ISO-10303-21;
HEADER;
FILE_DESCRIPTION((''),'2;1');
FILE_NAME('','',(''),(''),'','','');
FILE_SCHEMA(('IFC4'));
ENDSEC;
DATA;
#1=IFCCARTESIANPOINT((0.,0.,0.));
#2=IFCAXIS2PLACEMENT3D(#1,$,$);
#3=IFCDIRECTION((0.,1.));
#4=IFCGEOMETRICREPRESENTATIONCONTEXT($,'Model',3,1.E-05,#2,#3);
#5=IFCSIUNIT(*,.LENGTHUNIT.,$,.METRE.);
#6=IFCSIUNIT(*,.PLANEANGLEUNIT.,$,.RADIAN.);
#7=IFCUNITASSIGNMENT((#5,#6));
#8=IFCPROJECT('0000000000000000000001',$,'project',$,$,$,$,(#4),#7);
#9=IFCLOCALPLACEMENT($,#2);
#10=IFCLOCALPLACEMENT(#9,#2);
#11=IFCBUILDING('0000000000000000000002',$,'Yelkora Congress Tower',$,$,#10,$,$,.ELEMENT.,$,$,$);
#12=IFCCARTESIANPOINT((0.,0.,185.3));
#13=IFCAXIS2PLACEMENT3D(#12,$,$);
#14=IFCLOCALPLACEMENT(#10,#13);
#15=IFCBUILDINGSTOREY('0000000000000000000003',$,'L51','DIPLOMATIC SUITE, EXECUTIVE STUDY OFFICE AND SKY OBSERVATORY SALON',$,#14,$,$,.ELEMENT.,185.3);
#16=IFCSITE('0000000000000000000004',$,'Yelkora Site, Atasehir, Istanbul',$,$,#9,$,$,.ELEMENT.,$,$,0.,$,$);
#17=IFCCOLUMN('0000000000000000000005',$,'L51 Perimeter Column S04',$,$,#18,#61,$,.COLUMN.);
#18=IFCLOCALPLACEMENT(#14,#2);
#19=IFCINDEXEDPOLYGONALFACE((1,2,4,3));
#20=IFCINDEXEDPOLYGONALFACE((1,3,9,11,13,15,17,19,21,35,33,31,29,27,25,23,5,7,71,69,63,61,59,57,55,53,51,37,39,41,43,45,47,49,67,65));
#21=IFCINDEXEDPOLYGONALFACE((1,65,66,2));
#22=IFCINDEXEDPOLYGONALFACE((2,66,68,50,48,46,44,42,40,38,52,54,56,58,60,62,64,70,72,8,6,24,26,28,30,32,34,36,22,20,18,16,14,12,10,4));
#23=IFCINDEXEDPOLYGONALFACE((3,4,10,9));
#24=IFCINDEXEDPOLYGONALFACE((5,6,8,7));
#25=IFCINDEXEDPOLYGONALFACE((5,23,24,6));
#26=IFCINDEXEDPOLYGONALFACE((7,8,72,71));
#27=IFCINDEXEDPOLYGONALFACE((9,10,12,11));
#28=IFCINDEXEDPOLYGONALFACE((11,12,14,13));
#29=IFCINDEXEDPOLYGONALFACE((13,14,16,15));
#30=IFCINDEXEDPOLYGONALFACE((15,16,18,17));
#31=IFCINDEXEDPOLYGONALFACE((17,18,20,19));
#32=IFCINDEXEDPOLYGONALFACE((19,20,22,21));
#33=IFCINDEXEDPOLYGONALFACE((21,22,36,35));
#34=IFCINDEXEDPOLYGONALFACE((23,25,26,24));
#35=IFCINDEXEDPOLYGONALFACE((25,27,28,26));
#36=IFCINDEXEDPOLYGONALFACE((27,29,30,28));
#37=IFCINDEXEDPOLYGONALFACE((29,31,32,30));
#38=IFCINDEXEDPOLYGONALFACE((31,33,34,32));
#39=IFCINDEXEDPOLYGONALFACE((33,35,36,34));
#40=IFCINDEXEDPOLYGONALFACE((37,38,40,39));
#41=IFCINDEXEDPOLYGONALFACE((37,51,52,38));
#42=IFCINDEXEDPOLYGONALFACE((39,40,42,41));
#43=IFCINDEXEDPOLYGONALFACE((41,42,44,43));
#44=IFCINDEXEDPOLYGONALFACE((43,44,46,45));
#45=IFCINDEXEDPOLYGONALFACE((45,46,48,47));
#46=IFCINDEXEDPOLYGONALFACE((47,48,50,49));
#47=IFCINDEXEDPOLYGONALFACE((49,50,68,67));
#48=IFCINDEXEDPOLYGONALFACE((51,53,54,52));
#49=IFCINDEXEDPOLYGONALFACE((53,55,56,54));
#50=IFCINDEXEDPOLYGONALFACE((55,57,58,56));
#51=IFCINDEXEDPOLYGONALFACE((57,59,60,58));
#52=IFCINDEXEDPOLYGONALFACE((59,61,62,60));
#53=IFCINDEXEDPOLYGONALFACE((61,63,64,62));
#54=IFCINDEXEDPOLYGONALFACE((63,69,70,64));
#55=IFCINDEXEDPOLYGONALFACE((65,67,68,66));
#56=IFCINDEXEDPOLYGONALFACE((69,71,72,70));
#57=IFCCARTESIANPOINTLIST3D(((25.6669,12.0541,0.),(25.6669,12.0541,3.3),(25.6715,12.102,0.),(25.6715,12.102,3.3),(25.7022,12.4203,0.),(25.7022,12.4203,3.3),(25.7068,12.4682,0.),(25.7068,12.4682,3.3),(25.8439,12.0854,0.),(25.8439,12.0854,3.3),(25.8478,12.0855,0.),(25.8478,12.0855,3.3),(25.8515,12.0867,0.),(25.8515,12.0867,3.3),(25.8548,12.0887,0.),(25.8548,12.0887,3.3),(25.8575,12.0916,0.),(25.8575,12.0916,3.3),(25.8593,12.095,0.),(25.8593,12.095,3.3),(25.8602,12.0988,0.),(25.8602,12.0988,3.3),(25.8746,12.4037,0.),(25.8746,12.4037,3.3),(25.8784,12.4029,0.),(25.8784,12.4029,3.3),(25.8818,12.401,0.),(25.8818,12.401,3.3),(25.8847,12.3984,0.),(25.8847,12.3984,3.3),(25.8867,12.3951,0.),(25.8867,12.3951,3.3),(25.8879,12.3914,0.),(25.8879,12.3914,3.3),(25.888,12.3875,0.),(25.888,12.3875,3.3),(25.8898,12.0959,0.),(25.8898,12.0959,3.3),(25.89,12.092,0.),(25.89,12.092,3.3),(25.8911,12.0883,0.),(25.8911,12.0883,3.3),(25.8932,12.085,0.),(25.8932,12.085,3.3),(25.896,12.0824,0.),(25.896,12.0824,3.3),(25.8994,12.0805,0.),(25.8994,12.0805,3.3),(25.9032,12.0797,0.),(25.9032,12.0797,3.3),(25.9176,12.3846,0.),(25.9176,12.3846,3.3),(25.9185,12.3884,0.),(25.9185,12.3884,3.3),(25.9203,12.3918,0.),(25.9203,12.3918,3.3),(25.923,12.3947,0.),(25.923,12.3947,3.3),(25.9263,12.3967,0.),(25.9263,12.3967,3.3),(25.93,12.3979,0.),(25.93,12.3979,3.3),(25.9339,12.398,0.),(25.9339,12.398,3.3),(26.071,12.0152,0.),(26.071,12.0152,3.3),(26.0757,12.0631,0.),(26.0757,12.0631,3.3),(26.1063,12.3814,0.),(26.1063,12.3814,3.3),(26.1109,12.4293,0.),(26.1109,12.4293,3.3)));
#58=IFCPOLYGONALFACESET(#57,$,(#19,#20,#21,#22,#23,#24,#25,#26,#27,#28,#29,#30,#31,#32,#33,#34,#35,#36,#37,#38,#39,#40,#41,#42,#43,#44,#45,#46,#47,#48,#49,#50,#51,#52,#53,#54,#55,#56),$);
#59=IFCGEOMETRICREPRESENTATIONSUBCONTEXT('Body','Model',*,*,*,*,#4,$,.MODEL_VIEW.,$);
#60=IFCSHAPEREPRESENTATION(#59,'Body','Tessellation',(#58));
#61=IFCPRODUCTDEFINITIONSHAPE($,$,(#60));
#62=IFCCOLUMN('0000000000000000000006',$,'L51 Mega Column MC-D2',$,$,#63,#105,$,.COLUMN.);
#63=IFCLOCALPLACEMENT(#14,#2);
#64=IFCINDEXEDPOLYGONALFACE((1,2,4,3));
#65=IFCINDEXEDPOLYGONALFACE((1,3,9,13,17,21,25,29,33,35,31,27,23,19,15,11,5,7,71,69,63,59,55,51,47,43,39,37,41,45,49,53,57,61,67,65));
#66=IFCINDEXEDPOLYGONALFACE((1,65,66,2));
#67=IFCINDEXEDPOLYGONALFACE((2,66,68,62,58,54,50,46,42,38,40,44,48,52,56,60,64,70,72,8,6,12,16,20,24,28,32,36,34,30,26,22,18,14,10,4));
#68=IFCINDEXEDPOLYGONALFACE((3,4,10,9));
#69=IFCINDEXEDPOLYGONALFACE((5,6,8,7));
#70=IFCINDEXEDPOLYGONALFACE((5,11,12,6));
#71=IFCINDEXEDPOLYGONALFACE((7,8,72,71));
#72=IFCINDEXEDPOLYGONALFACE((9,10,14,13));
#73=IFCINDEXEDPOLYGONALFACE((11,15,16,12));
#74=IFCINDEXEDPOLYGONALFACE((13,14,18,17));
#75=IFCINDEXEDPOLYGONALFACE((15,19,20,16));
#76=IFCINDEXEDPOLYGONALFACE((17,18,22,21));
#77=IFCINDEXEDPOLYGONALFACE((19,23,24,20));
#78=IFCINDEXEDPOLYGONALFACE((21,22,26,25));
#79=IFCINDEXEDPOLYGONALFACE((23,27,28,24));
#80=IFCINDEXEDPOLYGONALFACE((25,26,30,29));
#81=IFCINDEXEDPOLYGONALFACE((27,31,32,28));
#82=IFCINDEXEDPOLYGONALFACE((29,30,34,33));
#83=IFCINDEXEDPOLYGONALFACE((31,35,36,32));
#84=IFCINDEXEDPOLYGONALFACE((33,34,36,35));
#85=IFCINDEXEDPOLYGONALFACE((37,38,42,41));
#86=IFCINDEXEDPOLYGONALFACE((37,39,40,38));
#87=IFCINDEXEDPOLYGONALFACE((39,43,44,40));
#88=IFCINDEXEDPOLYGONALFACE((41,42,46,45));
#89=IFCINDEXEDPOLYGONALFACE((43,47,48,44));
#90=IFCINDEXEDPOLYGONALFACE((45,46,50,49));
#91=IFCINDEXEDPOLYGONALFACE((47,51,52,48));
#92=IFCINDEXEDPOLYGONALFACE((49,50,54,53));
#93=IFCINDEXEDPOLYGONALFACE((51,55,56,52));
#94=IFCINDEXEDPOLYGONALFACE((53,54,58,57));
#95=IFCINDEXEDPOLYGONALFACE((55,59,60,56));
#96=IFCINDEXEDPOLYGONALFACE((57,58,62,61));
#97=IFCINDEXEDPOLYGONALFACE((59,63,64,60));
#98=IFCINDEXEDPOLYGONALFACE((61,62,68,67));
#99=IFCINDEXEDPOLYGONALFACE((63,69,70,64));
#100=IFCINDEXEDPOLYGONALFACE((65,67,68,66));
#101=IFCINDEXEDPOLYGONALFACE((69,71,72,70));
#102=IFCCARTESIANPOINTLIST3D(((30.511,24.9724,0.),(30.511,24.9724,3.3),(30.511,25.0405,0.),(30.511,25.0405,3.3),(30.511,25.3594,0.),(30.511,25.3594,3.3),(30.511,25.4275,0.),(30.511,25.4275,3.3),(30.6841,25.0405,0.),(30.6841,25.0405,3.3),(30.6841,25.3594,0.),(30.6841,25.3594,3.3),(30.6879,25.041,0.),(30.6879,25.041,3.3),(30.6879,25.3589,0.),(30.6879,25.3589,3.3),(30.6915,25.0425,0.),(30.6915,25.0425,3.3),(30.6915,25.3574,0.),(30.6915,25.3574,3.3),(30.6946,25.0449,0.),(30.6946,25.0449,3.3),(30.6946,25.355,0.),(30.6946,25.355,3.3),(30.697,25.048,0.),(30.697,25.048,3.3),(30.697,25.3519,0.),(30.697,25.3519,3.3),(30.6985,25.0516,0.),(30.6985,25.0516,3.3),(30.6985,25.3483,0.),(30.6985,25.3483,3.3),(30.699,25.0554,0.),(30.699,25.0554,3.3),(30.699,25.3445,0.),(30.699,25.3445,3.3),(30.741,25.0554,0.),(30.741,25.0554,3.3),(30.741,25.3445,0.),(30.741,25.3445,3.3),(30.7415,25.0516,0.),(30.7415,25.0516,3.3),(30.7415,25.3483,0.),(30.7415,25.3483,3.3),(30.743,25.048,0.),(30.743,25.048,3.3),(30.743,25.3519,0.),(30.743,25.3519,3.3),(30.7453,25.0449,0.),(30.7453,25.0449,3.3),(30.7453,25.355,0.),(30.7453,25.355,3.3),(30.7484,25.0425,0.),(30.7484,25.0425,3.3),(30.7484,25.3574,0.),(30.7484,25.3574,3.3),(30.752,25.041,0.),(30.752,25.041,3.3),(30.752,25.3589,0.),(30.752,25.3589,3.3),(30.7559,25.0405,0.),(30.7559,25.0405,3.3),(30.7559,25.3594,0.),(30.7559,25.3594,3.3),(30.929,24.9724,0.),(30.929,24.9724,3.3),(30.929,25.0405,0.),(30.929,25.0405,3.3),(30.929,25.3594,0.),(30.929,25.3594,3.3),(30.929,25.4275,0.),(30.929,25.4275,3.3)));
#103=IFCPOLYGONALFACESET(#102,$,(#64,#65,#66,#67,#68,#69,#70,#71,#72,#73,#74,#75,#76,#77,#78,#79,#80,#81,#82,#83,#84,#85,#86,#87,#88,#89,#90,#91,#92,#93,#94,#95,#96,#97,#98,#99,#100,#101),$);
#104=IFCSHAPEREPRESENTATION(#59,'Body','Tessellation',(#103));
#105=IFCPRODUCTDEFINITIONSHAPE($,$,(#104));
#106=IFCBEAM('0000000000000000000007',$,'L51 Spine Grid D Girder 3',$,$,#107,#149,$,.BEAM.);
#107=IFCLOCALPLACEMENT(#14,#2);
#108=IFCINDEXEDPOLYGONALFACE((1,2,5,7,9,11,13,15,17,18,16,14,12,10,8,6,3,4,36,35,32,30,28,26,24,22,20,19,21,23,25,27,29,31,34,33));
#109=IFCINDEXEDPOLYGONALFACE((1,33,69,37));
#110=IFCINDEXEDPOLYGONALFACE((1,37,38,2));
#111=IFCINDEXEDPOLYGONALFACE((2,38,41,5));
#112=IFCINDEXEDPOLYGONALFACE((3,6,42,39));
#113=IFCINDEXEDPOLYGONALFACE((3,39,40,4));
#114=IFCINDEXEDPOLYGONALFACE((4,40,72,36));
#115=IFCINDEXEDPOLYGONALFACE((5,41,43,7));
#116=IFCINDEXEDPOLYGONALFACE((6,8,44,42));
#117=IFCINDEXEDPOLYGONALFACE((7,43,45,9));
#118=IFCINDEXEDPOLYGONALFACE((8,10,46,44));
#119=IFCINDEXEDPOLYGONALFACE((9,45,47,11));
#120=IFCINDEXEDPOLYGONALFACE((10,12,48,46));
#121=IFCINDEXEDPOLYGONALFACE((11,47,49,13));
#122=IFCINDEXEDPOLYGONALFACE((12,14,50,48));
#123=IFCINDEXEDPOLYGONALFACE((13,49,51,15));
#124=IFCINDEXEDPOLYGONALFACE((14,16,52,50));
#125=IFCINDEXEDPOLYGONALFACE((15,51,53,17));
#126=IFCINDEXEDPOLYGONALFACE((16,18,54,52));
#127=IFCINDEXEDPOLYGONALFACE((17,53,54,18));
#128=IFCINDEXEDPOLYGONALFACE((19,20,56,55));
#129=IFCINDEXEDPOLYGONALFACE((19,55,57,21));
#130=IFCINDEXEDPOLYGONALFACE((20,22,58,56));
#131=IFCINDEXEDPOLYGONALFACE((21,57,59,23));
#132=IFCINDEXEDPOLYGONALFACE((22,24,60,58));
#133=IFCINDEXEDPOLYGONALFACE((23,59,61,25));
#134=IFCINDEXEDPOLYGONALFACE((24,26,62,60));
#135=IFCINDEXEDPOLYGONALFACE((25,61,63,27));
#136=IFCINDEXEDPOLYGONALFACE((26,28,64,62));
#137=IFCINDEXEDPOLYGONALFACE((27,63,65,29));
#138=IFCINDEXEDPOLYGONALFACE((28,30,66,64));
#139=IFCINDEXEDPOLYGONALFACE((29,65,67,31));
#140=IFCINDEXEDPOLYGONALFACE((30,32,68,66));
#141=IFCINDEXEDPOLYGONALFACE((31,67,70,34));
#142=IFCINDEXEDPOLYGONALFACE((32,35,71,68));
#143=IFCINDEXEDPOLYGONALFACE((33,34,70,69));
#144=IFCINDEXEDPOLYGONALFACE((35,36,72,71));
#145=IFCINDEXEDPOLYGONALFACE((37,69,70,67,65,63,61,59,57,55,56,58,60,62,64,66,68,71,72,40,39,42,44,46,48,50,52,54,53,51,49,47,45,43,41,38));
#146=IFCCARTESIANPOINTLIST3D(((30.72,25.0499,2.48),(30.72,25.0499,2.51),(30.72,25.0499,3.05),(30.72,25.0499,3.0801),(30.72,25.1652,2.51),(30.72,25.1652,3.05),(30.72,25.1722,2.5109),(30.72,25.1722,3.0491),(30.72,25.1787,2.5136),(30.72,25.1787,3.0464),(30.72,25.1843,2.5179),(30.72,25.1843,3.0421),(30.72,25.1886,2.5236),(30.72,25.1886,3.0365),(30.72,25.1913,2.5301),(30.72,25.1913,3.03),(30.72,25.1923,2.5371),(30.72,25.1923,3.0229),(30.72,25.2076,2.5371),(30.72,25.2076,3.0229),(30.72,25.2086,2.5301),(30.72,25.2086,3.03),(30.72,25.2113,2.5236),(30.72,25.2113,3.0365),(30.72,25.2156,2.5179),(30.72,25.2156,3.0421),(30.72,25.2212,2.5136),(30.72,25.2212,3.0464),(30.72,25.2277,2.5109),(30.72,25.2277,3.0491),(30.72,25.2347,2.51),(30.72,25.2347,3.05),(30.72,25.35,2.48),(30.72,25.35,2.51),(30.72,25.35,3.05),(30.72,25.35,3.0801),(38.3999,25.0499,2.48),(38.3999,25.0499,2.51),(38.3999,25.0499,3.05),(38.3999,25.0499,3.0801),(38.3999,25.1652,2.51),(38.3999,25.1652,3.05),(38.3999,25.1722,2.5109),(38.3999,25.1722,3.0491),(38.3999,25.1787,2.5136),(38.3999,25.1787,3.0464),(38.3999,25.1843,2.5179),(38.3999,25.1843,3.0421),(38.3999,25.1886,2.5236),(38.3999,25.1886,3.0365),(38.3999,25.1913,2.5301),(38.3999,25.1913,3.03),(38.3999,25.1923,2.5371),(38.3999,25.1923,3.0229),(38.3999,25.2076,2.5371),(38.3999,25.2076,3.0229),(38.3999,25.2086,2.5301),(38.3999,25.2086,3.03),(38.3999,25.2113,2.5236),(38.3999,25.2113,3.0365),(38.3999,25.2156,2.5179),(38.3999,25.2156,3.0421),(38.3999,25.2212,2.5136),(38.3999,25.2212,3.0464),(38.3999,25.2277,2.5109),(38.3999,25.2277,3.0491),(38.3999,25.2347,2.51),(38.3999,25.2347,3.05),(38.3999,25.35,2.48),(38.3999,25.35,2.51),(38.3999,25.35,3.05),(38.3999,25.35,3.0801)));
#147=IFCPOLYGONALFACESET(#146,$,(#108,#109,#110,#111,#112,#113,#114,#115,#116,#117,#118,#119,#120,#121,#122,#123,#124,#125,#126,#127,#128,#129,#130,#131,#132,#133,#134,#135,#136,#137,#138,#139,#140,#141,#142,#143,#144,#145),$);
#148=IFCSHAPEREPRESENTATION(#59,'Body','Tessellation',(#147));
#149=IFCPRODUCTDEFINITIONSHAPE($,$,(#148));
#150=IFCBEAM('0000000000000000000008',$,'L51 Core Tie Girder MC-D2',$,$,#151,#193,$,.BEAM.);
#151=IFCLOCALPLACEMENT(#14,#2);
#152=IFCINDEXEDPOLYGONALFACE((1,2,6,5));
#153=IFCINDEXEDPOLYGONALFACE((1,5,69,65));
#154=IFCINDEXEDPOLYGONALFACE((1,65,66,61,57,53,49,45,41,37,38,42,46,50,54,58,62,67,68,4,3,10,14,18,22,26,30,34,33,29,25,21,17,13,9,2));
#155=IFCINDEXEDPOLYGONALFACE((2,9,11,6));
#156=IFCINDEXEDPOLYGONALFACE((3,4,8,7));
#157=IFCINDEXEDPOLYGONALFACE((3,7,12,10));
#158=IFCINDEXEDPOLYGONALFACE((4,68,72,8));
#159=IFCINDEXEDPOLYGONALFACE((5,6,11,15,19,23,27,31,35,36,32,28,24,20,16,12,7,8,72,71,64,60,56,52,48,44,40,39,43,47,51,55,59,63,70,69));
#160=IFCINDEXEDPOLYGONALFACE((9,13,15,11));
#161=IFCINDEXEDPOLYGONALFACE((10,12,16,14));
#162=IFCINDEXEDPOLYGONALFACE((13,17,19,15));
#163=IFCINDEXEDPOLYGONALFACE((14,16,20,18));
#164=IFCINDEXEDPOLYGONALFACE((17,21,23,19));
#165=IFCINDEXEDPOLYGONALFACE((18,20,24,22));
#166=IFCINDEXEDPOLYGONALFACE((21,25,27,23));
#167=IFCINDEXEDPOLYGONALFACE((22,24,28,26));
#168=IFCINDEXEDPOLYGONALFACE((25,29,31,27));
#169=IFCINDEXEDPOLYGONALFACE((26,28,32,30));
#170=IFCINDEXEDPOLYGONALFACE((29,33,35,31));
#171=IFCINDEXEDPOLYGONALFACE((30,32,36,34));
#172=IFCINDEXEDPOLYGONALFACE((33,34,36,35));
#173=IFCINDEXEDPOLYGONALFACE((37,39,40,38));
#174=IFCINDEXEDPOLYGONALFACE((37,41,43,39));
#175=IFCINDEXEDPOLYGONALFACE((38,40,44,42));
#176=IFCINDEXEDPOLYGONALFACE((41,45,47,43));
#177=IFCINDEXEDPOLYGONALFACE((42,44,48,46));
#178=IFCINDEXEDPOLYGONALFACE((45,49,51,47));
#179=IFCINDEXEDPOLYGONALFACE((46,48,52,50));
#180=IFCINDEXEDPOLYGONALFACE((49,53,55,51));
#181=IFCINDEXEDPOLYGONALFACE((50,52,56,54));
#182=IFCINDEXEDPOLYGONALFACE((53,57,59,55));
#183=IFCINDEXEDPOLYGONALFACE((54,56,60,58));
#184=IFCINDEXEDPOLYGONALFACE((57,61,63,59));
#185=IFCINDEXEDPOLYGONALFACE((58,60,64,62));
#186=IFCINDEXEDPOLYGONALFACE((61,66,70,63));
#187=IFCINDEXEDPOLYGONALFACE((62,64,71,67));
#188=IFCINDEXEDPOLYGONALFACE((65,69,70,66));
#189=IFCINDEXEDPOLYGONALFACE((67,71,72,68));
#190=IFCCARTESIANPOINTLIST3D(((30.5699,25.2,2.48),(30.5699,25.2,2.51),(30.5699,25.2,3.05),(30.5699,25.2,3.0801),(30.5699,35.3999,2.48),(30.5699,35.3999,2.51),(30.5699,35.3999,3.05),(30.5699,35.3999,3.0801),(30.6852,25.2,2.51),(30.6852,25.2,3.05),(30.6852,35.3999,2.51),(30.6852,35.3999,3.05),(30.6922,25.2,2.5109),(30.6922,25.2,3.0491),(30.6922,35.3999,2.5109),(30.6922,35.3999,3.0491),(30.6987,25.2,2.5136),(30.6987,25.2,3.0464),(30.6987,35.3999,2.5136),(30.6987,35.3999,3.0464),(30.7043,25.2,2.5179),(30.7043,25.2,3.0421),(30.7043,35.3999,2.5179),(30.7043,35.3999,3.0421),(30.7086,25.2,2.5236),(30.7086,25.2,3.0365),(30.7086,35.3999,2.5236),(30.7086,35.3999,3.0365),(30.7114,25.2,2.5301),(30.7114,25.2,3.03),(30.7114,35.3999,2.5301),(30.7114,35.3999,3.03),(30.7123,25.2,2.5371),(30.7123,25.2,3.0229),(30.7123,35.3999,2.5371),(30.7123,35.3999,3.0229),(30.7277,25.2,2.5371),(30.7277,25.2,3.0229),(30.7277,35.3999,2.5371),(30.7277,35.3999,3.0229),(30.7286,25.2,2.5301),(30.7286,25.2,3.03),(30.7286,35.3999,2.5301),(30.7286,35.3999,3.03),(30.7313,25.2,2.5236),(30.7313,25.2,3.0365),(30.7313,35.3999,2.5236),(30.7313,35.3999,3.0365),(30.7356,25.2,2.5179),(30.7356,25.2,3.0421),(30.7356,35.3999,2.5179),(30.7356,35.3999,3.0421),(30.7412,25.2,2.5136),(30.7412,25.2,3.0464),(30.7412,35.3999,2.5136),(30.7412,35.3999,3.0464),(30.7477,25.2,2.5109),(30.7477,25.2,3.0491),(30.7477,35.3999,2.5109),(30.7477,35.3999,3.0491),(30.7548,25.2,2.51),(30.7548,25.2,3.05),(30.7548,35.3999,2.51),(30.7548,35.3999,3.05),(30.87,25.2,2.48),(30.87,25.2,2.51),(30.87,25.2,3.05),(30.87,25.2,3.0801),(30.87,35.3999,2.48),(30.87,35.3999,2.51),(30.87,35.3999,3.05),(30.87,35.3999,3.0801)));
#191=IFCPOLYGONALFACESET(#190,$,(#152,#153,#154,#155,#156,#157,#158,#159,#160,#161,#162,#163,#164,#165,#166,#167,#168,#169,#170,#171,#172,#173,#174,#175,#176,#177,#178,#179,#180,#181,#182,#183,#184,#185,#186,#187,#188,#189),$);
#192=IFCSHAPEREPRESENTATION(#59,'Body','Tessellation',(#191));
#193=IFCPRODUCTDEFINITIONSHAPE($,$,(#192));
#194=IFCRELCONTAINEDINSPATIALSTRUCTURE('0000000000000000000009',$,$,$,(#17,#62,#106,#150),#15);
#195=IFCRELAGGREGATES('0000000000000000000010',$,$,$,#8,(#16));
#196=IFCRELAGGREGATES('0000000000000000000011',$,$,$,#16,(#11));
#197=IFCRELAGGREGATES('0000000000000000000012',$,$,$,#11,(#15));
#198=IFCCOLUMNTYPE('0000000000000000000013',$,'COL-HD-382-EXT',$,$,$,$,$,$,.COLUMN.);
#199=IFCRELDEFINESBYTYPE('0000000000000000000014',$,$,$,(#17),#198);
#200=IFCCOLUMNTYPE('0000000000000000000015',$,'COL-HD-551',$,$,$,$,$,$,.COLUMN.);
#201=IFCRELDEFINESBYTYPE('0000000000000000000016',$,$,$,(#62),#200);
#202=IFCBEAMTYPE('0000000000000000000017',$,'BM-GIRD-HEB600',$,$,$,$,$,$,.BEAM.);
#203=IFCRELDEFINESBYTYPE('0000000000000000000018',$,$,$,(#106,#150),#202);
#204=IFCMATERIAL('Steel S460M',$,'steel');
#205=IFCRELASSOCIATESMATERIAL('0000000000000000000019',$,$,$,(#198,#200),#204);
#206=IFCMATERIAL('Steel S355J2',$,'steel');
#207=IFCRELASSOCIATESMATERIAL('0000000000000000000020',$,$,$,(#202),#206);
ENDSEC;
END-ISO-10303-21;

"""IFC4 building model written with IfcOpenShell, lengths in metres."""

from ifc_helpers import new_model, si_unit, direction, frame, origin, origin_2d, place, context, subcontext, project, spatial, i_section, extrude, material, material_profile, profile_set, type_object, element, save


model = new_model("IFC4")

# Units and contexts
model_context = context("Model", 3, precision=1e-05, world=origin(), true_north=direction((0.0, 1.0)))
body_context = subcontext(model_context, "Body", "Model", "MODEL_VIEW")
ifc_project = project(units=[si_unit("LENGTHUNIT", "METRE"), si_unit("PLANEANGLEUNIT", "RADIAN")], contexts=[model_context])

# Site, building, storey
site_placement = place(None, origin())
site = spatial("IfcSite", under=ifc_project, at=site_placement, Name="Yelkora Site, Atasehir, Istanbul", CompositionType="ELEMENT", RefElevation=0.0)
building_placement = place(site_placement, origin())
building = spatial("IfcBuilding", under=site, at=building_placement, Name="Yelkora Congress Tower", CompositionType="ELEMENT")
storey_placement = place(building_placement, frame((0.0, 0.0, 185.3)))
storey = spatial("IfcBuildingStorey", under=building, at=storey_placement, Name="L51", Description="DIPLOMATIC SUITE, EXECUTIVE STUDY OFFICE AND SKY OBSERVATORY SALON", CompositionType="ELEMENT", Elevation=185.3)

# Columns
ifc_material_1 = material(Name="Steel S460M", Category="steel")
ifc_material_profile_1 = material_profile(ifc_material_1, i_section(OverallWidth=0.406, OverallDepth=0.416, WebThickness=0.0298, FlangeThickness=0.0481, FilletRadius=0.0149, at=origin_2d()), Name="HD 400x382")
ifc_profile_set_1 = profile_set([ifc_material_profile_1], Name="Steel S460M")
column_type_1 = type_object("IfcColumnType", Name="COL-HD-382-EXT", PredefinedType="COLUMN", material=ifc_profile_set_1)
column_1_placement = place(storey_placement, frame((25.8889, 12.2417, 0.0), z_axis=(0.0, 0.0, 1.0), x_axis=(0.995396, -0.095846, 0.0)))
element("IfcColumn", 1, at=column_1_placement, inside=storey, type_object=column_type_1, Name="L51 Perimeter Column S04", PredefinedType="COLUMN", context=body_context, shape_type="SweptSolid", body=[
    extrude(i_section(OverallWidth=0.406, OverallDepth=0.416, WebThickness=0.0298, FlangeThickness=0.0481, FilletRadius=0.0149, at=origin_2d()), origin(), (0.0, 0.0, 1.0), 3.3),
])
ifc_material_profile_2 = material_profile(ifc_material_1, i_section(OverallWidth=0.418, OverallDepth=0.4551, WebThickness=0.042, FlangeThickness=0.0681, FilletRadius=0.0149, at=origin_2d()), Name="HD 400x551")
ifc_profile_set_2 = profile_set([ifc_material_profile_2], Name="Steel S460M")
column_type_2 = type_object("IfcColumnType", Name="COL-HD-551", PredefinedType="COLUMN", material=ifc_profile_set_2)
column_2_placement = place(storey_placement, frame((30.72, 25.2, 0.0), z_axis=(0.0, 0.0, 1.0), x_axis=(1.0, 0.0, 0.0)))
element("IfcColumn", 2, at=column_2_placement, inside=storey, type_object=column_type_2, Name="L51 Mega Column MC-D2", PredefinedType="COLUMN", context=body_context, shape_type="SweptSolid", body=[
    extrude(i_section(OverallWidth=0.418, OverallDepth=0.4551, WebThickness=0.042, FlangeThickness=0.0681, FilletRadius=0.0149, at=origin_2d()), origin(), (0.0, 0.0, 1.0), 3.3),
])

# Beams
ifc_material_2 = material(Name="Steel S355J2", Category="steel")
ifc_material_profile_3 = material_profile(ifc_material_2, i_section(OverallWidth=0.3, OverallDepth=0.6001, WebThickness=0.0154, FlangeThickness=0.03, FilletRadius=0.0271, at=origin_2d()), Name="HEB 600")
ifc_profile_set_3 = profile_set([ifc_material_profile_3], Name="Steel S355J2")
beam_type_1 = type_object("IfcBeamType", Name="BM-GIRD-HEB600", PredefinedType="BEAM", material=ifc_profile_set_3)
beam_1_placement = place(storey_placement, frame((30.72, 25.2, 2.78), z_axis=(1.0, 0.0, 0.0), x_axis=(0.0, 1.0, 0.0)))
element("IfcBeam", 3, at=beam_1_placement, inside=storey, type_object=beam_type_1, Name="L51 Spine Grid D Girder 3", PredefinedType="BEAM", context=body_context, shape_type="SweptSolid", body=[
    extrude(i_section(OverallWidth=0.3, OverallDepth=0.6001, WebThickness=0.0154, FlangeThickness=0.03, FilletRadius=0.0271, at=origin_2d()), origin(), (0.0, 0.0, 1.0), 7.6799),
])
beam_2_placement = place(storey_placement, frame((30.72, 25.2, 2.78), z_axis=(0.0, 1.0, 0.0), x_axis=(-1.0, 0.0, 0.0)))
element("IfcBeam", 4, at=beam_2_placement, inside=storey, type_object=beam_type_1, Name="L51 Core Tie Girder MC-D2", PredefinedType="BEAM", context=body_context, shape_type="SweptSolid", body=[
    extrude(i_section(OverallWidth=0.3, OverallDepth=0.6001, WebThickness=0.0154, FlangeThickness=0.03, FilletRadius=0.0271, at=origin_2d()), origin(), (0.0, 0.0, 1.0), 10.2),
])

save(model, "model.ifc")
